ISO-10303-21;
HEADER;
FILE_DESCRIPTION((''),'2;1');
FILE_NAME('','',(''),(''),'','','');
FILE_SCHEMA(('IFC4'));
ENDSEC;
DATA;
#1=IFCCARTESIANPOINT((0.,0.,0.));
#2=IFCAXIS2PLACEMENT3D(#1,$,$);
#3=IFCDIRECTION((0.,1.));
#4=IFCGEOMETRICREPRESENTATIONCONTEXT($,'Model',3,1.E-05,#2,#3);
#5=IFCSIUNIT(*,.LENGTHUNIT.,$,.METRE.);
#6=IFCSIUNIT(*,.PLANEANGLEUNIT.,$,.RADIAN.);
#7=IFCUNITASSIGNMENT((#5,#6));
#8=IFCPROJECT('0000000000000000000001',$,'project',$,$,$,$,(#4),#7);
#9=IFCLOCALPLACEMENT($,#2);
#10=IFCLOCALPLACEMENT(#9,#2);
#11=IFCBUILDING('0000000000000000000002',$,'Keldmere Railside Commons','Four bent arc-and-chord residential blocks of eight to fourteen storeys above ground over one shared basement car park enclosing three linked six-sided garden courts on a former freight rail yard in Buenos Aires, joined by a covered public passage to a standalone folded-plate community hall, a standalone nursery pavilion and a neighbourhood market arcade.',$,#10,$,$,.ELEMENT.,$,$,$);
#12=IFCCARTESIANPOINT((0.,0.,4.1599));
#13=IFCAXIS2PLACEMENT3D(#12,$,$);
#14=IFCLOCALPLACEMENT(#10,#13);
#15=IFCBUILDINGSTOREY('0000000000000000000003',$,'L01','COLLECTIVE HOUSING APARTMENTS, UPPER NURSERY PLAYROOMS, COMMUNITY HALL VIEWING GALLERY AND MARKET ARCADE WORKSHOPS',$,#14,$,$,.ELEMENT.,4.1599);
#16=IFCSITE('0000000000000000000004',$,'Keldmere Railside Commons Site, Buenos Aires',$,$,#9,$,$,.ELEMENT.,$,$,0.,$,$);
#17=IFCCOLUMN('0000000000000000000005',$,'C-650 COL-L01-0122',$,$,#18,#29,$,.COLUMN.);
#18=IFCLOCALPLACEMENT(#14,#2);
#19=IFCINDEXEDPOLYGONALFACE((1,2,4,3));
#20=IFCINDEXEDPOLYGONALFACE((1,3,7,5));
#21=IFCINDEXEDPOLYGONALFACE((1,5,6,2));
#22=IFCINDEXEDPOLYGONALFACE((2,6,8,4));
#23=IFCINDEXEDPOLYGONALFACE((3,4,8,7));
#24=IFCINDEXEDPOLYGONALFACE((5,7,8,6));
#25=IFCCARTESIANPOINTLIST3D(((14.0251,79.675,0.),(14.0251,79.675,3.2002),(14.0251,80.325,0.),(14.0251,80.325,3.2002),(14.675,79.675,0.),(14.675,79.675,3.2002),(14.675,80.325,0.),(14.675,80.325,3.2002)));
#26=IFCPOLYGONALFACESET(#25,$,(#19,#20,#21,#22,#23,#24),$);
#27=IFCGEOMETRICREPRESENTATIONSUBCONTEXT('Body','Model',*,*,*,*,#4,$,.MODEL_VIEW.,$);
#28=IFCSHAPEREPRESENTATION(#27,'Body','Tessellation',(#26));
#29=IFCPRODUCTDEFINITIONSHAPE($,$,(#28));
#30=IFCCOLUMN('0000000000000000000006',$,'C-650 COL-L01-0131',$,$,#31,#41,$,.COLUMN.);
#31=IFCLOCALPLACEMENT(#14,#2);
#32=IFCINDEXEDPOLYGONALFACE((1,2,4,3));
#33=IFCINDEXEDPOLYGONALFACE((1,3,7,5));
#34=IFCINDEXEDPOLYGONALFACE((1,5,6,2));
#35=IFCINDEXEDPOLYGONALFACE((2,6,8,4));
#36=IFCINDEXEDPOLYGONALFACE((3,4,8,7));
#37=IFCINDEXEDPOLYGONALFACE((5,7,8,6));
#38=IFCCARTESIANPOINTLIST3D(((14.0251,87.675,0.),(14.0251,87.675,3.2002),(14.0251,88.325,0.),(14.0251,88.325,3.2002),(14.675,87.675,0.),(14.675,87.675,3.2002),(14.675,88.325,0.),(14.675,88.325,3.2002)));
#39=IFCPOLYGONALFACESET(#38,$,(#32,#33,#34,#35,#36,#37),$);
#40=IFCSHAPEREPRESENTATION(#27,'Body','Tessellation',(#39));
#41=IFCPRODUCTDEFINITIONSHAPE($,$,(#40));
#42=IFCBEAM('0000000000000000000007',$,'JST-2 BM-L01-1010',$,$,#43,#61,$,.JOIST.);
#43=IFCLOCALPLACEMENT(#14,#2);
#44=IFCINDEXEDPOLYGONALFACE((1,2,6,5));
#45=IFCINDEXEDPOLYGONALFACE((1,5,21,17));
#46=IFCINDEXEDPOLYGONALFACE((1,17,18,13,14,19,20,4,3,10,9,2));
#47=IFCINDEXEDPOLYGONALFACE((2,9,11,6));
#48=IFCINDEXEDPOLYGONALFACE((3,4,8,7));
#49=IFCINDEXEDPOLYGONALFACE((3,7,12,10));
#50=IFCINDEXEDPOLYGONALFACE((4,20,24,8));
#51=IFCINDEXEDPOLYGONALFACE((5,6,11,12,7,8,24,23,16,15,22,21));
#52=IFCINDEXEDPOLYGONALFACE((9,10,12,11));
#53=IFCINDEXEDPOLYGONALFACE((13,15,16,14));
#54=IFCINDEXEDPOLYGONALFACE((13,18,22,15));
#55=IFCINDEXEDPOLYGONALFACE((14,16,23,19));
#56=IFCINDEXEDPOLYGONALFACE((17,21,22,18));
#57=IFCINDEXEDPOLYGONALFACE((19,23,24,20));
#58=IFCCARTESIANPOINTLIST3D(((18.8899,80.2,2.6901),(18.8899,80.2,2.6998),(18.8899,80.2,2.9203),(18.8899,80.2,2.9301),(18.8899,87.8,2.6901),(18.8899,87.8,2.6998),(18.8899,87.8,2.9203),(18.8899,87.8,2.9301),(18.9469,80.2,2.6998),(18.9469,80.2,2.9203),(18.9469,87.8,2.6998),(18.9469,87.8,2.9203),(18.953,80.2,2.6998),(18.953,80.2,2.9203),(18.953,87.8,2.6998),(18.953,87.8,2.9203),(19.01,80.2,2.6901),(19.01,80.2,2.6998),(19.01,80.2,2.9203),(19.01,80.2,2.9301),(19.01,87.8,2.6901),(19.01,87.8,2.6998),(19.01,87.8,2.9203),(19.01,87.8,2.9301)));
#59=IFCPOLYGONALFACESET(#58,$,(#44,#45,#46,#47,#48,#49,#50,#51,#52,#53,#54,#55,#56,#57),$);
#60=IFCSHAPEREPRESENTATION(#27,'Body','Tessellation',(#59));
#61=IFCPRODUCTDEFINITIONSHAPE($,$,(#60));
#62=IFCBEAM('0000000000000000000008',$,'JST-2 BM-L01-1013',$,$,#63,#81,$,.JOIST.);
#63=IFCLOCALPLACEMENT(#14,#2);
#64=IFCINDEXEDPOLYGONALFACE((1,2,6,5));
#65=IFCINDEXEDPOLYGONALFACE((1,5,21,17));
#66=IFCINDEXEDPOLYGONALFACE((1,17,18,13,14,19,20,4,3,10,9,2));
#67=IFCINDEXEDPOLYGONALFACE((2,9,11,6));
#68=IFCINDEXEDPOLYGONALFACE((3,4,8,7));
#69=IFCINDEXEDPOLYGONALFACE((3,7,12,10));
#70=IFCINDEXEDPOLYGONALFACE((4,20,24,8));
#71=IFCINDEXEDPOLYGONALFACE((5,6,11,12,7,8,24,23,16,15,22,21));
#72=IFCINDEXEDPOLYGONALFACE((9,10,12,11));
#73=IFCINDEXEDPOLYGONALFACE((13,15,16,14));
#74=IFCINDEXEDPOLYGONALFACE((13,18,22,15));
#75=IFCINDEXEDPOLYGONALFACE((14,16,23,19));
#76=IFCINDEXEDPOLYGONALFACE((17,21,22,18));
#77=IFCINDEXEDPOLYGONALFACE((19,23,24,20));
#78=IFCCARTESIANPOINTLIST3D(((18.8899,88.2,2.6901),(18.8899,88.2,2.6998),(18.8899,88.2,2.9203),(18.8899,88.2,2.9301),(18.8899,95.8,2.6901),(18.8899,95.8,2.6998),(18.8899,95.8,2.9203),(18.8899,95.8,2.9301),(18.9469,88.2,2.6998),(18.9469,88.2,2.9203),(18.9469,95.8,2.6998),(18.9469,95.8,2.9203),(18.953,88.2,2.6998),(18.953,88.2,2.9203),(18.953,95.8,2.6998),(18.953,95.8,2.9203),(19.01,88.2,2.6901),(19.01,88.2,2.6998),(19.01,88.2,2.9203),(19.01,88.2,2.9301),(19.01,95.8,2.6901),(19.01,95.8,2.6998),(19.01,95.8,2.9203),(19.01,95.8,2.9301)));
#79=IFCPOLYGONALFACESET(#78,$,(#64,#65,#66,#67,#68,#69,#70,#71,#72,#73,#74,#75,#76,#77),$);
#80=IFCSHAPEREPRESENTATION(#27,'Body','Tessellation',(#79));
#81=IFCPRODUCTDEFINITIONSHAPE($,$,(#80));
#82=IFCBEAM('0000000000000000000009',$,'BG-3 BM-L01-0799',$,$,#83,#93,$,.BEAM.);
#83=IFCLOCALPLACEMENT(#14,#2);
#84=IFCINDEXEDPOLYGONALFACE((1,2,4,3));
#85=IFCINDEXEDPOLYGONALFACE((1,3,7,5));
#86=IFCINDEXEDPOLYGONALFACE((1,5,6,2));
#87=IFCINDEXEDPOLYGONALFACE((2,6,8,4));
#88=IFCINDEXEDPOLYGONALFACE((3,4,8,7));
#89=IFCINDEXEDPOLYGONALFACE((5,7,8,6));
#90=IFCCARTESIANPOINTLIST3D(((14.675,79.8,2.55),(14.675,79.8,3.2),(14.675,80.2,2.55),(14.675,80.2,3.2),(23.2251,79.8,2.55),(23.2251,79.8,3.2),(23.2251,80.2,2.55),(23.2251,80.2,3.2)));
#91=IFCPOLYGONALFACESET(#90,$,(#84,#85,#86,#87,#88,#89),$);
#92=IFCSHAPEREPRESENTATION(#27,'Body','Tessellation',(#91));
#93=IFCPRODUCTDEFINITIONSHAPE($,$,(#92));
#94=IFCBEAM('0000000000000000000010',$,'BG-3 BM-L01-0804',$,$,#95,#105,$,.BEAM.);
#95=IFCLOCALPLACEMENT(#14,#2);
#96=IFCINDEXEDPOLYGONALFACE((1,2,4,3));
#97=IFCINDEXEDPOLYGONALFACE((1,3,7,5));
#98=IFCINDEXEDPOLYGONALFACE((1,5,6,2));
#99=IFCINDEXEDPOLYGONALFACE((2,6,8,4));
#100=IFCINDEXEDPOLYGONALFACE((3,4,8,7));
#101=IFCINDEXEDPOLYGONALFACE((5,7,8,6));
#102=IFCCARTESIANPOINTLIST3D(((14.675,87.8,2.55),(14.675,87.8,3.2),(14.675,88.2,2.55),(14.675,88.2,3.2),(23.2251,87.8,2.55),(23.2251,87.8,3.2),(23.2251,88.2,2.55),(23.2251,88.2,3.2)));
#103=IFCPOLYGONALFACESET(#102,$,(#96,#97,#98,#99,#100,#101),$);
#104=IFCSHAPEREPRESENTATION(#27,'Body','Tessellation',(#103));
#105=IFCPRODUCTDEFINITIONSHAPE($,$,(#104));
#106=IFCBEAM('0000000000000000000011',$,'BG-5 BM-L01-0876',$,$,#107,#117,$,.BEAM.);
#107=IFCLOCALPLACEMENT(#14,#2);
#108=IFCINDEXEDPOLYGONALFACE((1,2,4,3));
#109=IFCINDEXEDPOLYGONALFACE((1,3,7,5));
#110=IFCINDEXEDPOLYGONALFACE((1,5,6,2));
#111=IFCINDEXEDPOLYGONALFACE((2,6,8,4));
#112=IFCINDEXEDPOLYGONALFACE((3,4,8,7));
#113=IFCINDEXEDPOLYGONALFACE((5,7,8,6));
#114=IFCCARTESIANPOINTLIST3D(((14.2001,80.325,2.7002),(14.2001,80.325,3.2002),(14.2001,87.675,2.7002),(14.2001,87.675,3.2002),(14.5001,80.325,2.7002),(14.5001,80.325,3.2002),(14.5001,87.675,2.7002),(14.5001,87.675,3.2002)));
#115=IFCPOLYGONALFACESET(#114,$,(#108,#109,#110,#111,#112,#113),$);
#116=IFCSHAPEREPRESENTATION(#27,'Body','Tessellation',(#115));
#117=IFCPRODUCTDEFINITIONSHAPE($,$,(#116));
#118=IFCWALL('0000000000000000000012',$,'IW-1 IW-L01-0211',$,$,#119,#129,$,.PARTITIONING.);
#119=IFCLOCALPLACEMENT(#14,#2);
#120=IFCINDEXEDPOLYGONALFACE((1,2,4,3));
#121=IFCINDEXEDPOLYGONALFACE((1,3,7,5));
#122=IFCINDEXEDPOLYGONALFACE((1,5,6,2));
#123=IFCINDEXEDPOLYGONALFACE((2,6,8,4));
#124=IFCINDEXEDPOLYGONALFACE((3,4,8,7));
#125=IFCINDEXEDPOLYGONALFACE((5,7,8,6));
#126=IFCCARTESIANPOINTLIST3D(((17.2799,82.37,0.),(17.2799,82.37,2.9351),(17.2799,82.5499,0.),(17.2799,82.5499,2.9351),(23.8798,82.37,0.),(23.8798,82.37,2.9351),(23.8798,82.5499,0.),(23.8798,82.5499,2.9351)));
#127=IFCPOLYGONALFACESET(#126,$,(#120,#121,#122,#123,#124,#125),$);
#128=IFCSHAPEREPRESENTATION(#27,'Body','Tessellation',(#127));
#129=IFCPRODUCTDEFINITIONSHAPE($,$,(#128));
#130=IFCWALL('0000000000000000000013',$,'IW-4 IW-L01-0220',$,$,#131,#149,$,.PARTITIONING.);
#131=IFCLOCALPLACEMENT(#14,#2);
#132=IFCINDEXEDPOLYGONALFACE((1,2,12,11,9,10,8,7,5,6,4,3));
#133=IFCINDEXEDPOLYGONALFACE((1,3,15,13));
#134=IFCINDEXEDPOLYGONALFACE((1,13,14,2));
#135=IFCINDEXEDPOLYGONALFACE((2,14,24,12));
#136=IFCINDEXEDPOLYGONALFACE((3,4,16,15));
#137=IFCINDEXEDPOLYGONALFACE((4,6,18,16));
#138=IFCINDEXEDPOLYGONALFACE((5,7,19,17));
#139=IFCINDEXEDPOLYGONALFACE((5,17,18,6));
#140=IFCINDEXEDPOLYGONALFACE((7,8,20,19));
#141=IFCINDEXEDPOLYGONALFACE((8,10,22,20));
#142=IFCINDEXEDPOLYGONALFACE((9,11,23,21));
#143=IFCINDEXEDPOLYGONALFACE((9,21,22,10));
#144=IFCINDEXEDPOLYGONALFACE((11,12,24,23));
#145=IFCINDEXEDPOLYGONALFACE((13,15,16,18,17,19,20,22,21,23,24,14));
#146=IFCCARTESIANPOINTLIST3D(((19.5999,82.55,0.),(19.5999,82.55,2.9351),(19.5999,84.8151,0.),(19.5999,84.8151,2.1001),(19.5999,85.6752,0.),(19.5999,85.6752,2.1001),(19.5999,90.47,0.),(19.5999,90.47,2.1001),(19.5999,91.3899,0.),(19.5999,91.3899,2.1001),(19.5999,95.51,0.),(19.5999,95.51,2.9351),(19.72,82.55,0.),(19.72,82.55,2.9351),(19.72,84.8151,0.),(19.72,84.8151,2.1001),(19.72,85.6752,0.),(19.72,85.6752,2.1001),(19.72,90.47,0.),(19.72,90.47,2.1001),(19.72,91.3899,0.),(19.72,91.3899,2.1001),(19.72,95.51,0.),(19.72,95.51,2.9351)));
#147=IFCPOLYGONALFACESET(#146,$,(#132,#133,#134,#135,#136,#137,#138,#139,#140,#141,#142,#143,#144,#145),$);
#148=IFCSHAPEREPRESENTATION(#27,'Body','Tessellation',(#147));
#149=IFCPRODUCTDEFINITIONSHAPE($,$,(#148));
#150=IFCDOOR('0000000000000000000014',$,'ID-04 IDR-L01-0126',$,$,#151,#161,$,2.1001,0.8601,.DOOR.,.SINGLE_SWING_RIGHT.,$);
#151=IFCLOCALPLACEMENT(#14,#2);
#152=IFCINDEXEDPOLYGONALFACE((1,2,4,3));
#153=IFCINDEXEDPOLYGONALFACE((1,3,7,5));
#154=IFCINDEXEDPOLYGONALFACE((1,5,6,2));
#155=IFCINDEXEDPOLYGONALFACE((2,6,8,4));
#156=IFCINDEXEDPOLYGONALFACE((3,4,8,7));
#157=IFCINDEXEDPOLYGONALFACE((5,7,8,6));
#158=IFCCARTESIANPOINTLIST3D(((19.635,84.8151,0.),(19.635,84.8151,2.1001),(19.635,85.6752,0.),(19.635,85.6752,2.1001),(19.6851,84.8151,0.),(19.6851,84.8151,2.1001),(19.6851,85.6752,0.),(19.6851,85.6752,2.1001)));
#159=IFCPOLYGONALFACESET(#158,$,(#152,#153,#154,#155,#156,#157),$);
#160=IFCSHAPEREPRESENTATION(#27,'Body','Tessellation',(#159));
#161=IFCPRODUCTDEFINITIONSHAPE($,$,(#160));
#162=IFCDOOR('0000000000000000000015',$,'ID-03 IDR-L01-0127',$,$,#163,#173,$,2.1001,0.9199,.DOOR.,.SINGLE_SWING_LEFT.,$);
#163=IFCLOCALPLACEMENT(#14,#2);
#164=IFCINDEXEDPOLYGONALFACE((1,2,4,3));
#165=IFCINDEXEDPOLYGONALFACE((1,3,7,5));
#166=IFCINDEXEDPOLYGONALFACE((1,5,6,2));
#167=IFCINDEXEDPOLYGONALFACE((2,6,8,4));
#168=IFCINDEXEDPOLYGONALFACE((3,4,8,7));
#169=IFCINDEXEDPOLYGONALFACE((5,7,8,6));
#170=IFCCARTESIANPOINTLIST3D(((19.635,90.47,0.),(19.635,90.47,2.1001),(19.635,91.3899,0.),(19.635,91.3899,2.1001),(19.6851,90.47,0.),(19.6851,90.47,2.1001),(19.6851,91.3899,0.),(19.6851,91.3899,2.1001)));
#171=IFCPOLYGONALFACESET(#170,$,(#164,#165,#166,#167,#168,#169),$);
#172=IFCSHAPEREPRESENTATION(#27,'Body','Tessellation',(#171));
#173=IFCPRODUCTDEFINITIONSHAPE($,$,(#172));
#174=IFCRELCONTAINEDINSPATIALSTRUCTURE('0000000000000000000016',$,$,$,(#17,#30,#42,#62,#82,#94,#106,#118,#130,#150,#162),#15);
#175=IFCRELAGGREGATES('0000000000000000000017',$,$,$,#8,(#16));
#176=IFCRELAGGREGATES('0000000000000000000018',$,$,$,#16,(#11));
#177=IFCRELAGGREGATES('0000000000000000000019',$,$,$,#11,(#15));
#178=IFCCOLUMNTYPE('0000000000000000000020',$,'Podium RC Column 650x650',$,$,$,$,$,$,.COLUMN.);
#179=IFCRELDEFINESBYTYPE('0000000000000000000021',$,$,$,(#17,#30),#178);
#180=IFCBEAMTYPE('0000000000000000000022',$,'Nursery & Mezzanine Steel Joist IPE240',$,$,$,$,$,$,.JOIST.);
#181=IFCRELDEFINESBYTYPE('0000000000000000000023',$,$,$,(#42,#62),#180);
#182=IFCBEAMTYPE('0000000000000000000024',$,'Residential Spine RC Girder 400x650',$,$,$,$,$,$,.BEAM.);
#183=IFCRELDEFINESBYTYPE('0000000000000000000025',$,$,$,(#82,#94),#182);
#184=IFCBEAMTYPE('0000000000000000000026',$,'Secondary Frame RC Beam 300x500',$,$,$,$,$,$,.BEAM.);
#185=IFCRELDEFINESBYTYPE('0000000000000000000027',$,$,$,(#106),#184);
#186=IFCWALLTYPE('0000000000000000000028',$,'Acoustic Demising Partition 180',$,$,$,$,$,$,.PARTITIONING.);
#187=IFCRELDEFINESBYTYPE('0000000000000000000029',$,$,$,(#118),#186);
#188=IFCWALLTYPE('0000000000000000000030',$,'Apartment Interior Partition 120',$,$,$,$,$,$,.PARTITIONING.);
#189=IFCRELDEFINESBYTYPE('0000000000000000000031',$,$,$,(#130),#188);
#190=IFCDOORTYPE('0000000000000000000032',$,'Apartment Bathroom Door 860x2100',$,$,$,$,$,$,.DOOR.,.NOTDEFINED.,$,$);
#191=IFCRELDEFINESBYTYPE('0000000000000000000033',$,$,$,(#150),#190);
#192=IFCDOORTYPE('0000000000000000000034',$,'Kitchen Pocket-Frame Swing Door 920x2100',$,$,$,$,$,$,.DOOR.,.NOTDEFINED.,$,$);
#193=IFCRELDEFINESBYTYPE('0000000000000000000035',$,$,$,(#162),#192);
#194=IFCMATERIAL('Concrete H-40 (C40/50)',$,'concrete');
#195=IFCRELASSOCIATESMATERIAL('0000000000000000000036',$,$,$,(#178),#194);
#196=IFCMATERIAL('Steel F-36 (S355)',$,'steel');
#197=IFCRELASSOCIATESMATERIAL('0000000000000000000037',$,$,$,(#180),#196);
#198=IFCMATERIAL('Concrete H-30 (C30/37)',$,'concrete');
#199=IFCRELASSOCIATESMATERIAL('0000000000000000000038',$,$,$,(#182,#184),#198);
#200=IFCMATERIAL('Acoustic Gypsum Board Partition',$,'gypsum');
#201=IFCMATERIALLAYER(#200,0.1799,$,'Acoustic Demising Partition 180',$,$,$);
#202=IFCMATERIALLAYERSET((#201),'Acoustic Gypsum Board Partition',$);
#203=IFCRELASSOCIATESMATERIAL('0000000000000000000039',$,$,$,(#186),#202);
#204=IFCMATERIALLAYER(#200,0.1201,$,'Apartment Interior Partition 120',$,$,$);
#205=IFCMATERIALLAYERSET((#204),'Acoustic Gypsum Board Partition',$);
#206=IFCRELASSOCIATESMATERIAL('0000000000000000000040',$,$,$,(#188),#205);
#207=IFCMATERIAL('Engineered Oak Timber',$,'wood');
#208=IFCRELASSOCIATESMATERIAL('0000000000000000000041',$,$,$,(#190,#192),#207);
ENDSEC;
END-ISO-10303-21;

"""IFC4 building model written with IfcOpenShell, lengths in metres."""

from ifc_helpers import new_model, si_unit, direction, frame, frame_2d, origin, origin_2d, place, context, subcontext, project, spatial, rectangle, i_section, extrude, material, layer, layer_set, material_profile, profile_set, type_object, element, fill, save


model = new_model("IFC4")

# Units and contexts
model_context = context("Model", 3, precision=1e-05, world=origin(), true_north=direction((0.0, 1.0)))
body_context = subcontext(model_context, "Body", "Model", "MODEL_VIEW")
ifc_project = project(units=[si_unit("LENGTHUNIT", "METRE"), si_unit("PLANEANGLEUNIT", "RADIAN")], contexts=[model_context])

# Site, building, storey
site_placement = place(None, origin())
site = spatial("IfcSite", under=ifc_project, at=site_placement, Name="Keldmere Railside Commons Site, Buenos Aires", CompositionType="ELEMENT", RefElevation=0.0)
building_placement = place(site_placement, origin())
building = spatial("IfcBuilding", under=site, at=building_placement, Name="Keldmere Railside Commons", Description="Four bent arc-and-chord residential blocks of eight to fourteen storeys above ground over one shared basement car park enclosing three linked six-sided garden courts on a former freight rail yard in Buenos Aires, joined by a covered public passage to a standalone folded-plate community hall, a standalone nursery pavilion and a neighbourhood market arcade.", CompositionType="ELEMENT")
storey_placement = place(building_placement, frame((0.0, 0.0, 4.1599)))
storey = spatial("IfcBuildingStorey", under=building, at=storey_placement, Name="L01", Description="COLLECTIVE HOUSING APARTMENTS, UPPER NURSERY PLAYROOMS, COMMUNITY HALL VIEWING GALLERY AND MARKET ARCADE WORKSHOPS", CompositionType="ELEMENT", Elevation=4.1599)

# Columns
ifc_material_1 = material(Name="Concrete H-40 (C40/50)", Category="concrete")
ifc_material_profile_1 = material_profile(ifc_material_1, rectangle(XDim=0.6499, YDim=0.6499, at=origin_2d()), Name="RC-650x650")
ifc_profile_set_1 = profile_set([ifc_material_profile_1], Name="Concrete H-40 (C40/50)")
column_type = type_object("IfcColumnType", Name="Podium RC Column 650x650", PredefinedType="COLUMN", material=ifc_profile_set_1)
for number, where, z_axis, x_axis, name in (
    (1, (14.3501, 80.0, 0.0), (0.0, 0.0, 1.0), (1.0, 0.0, 0.0), "C-650 COL-L01-0122"),
    (2, (14.3501, 88.0, 0.0), (0.0, 0.0, 1.0), (1.0, 0.0, 0.0), "C-650 COL-L01-0131"),
):
    element("IfcColumn", number, at=place(storey_placement, frame(where, z_axis=z_axis, x_axis=x_axis)), inside=storey, type_object=column_type, Name=name, PredefinedType="COLUMN", context=body_context, shape_type="SweptSolid", body=[
        extrude(rectangle(XDim=0.6499, YDim=0.6499, at=origin_2d()), origin(), (0.0, 0.0, 1.0), 3.2002),
    ])

# Beams
ifc_material_2 = material(Name="Steel F-36 (S355)", Category="steel")
ifc_material_profile_2 = material_profile(ifc_material_2, i_section(OverallWidth=0.1201, OverallDepth=0.24, WebThickness=0.0061, FlangeThickness=0.0098, at=origin_2d()), Name="IPE-240")
ifc_profile_set_2 = profile_set([ifc_material_profile_2], Name="Steel F-36 (S355)")
beam_type_1 = type_object("IfcBeamType", Name="Nursery & Mezzanine Steel Joist IPE240", PredefinedType="JOIST", material=ifc_profile_set_2)
for number, where, z_axis, x_axis, name in (
    (3, (18.95, 80.2, 2.8101), (0.0, 1.0, 0.0), (-1.0, 0.0, 0.0), "JST-2 BM-L01-1010"),
    (4, (18.95, 88.2, 2.8101), (0.0, 1.0, 0.0), (-1.0, 0.0, 0.0), "JST-2 BM-L01-1013"),
):
    element("IfcBeam", number, at=place(storey_placement, frame(where, z_axis=z_axis, x_axis=x_axis)), inside=storey, type_object=beam_type_1, Name=name, PredefinedType="JOIST", context=body_context, shape_type="SweptSolid", body=[
        extrude(i_section(OverallWidth=0.1201, OverallDepth=0.24, WebThickness=0.0061, FlangeThickness=0.0098, at=origin_2d()), origin(), (0.0, 0.0, 1.0), 7.6001),
    ])
ifc_material_3 = material(Name="Concrete H-30 (C30/37)", Category="concrete")
ifc_material_profile_3 = material_profile(ifc_material_3, rectangle(XDim=0.3999, YDim=0.6499, at=origin_2d()), Name="RC-400x650")
ifc_profile_set_3 = profile_set([ifc_material_profile_3], Name="Concrete H-30 (C30/37)")
beam_type_2 = type_object("IfcBeamType", Name="Residential Spine RC Girder 400x650", PredefinedType="BEAM", material=ifc_profile_set_3)
for number, where, z_axis, x_axis, name in (
    (5, (14.675, 80.0, 2.875), (1.0, 0.0, 0.0), (0.0, 1.0, 0.0), "BG-3 BM-L01-0799"),
    (6, (14.675, 88.0, 2.875), (1.0, 0.0, 0.0), (0.0, 1.0, 0.0), "BG-3 BM-L01-0804"),
):
    element("IfcBeam", number, at=place(storey_placement, frame(where, z_axis=z_axis, x_axis=x_axis)), inside=storey, type_object=beam_type_2, Name=name, PredefinedType="BEAM", context=body_context, shape_type="SweptSolid", body=[
        extrude(rectangle(XDim=0.3999, YDim=0.6499, at=origin_2d()), origin(), (0.0, 0.0, 1.0), 8.55),
    ])
ifc_material_profile_4 = material_profile(ifc_material_3, rectangle(XDim=0.3, YDim=0.5, at=origin_2d()), Name="RC-300x500")
ifc_profile_set_4 = profile_set([ifc_material_profile_4], Name="Concrete H-30 (C30/37)")
beam_type_3 = type_object("IfcBeamType", Name="Secondary Frame RC Beam 300x500", PredefinedType="BEAM", material=ifc_profile_set_4)
beam_placement = place(storey_placement, frame((14.3501, 80.325, 2.9502), z_axis=(0.0, 1.0, 0.0), x_axis=(-1.0, 0.0, 0.0)))
element("IfcBeam", 7, at=beam_placement, inside=storey, type_object=beam_type_3, Name="BG-5 BM-L01-0876", PredefinedType="BEAM", context=body_context, shape_type="SweptSolid", body=[
    extrude(rectangle(XDim=0.3, YDim=0.5, at=origin_2d()), origin(), (0.0, 0.0, 1.0), 7.3501),
])

# Wall
ifc_material_4 = material(Name="Acoustic Gypsum Board Partition", Category="gypsum")
ifc_layer_1 = layer(ifc_material_4, 0.1799, Name="Acoustic Demising Partition 180")
ifc_layer_set_1 = layer_set([ifc_layer_1], Name="Acoustic Gypsum Board Partition")
wall_type_1 = type_object("IfcWallType", Name="Acoustic Demising Partition 180", PredefinedType="PARTITIONING", material=ifc_layer_set_1)
wall_1_placement = place(storey_placement, frame((17.28, 82.46, 0.0), z_axis=(0.0, 0.0, 1.0), x_axis=(1.0, 0.0, 0.0)))
element("IfcWall", 8, at=wall_1_placement, inside=storey, type_object=wall_type_1, Name="IW-1 IW-L01-0211", PredefinedType="PARTITIONING", context=body_context, shape_type="SweptSolid", body=[
    extrude(rectangle(XDim=6.5999, YDim=0.1799, at=frame_2d((3.2998, 0.0))), origin(), (0.0, 0.0, 1.0), 2.9351),
])

# Wall, openings, doors
ifc_layer_2 = layer(ifc_material_4, 0.1201, Name="Apartment Interior Partition 120")
ifc_layer_set_2 = layer_set([ifc_layer_2], Name="Acoustic Gypsum Board Partition")
wall_type_2 = type_object("IfcWallType", Name="Apartment Interior Partition 120", PredefinedType="PARTITIONING", material=ifc_layer_set_2)
wall_2_placement = place(storey_placement, frame((19.6599, 82.55, 0.0), z_axis=(0.0, 0.0, 1.0), x_axis=(0.0, 1.0, 0.0)))
wall_2 = element("IfcWall", 9, at=wall_2_placement, inside=storey, type_object=wall_type_2, Name="IW-4 IW-L01-0220", PredefinedType="PARTITIONING", context=body_context, shape_type="SweptSolid", body=[
    extrude(rectangle(XDim=12.96, YDim=0.1201, at=frame_2d((6.48, 0.0))), origin(), (0.0, 0.0, 1.0), 2.9351),
])
opening_1_placement = place(wall_2_placement, frame((2.2649, 0.0, 0.0)))
opening_1 = element("IfcOpeningElement", 10, at=opening_1_placement, cuts=wall_2, PredefinedType="OPENING", context=body_context, shape_type="SweptSolid", body=[
    extrude(rectangle(XDim=0.8601, YDim=2.1001, at=frame_2d((0.4302, 1.05))), frame((0.0, 0.0701, 0.0), z_axis=(0.0, -1.0, 0.0), x_axis=(1.0, 0.0, 0.0)), (0.0, 0.0, 1.0), 0.1401),
])
opening_2_placement = place(wall_2_placement, frame((7.9199, 0.0, 0.0)))
opening_2 = element("IfcOpeningElement", 11, at=opening_2_placement, cuts=wall_2, PredefinedType="OPENING", context=body_context, shape_type="SweptSolid", body=[
    extrude(rectangle(XDim=0.9199, YDim=2.1001, at=frame_2d((0.46, 1.05))), frame((0.0, 0.0701, 0.0), z_axis=(0.0, -1.0, 0.0), x_axis=(1.0, 0.0, 0.0)), (0.0, 0.0, 1.0), 0.1401),
])
ifc_material_5 = material(Name="Engineered Oak Timber", Category="wood")
door_type_1 = type_object("IfcDoorType", Name="Apartment Bathroom Door 860x2100", OperationType="NOTDEFINED", PredefinedType="DOOR", material=ifc_material_5)
door_1_placement = place(opening_1_placement, origin())
door_1 = element("IfcDoor", 12, at=door_1_placement, inside=storey, type_object=door_type_1, Name="ID-04 IDR-L01-0126", OperationType="SINGLE_SWING_RIGHT", OverallHeight=2.1001, OverallWidth=0.8601, PredefinedType="DOOR", context=body_context, shape_type="SweptSolid", body=[
    extrude(rectangle(XDim=0.8601, YDim=2.1001, at=frame_2d((0.4302, 1.05))), frame((0.0, 0.0249, 0.0), z_axis=(0.0, -1.0, 0.0), x_axis=(1.0, 0.0, 0.0)), (0.0, 0.0, 1.0), 0.05),
])
fill(opening_1, door_1)
door_type_2 = type_object("IfcDoorType", Name="Kitchen Pocket-Frame Swing Door 920x2100", OperationType="NOTDEFINED", PredefinedType="DOOR", material=ifc_material_5)
door_2_placement = place(opening_2_placement, origin())
door_2 = element("IfcDoor", 13, at=door_2_placement, inside=storey, type_object=door_type_2, Name="ID-03 IDR-L01-0127", OperationType="SINGLE_SWING_LEFT", OverallHeight=2.1001, OverallWidth=0.9199, PredefinedType="DOOR", context=body_context, shape_type="SweptSolid", body=[
    extrude(rectangle(XDim=0.9199, YDim=2.1001, at=frame_2d((0.46, 1.05))), frame((0.0, 0.0249, 0.0), z_axis=(0.0, -1.0, 0.0), x_axis=(1.0, 0.0, 0.0)), (0.0, 0.0, 1.0), 0.05),
])
fill(opening_2, door_2)

save(model, "model.ifc")
